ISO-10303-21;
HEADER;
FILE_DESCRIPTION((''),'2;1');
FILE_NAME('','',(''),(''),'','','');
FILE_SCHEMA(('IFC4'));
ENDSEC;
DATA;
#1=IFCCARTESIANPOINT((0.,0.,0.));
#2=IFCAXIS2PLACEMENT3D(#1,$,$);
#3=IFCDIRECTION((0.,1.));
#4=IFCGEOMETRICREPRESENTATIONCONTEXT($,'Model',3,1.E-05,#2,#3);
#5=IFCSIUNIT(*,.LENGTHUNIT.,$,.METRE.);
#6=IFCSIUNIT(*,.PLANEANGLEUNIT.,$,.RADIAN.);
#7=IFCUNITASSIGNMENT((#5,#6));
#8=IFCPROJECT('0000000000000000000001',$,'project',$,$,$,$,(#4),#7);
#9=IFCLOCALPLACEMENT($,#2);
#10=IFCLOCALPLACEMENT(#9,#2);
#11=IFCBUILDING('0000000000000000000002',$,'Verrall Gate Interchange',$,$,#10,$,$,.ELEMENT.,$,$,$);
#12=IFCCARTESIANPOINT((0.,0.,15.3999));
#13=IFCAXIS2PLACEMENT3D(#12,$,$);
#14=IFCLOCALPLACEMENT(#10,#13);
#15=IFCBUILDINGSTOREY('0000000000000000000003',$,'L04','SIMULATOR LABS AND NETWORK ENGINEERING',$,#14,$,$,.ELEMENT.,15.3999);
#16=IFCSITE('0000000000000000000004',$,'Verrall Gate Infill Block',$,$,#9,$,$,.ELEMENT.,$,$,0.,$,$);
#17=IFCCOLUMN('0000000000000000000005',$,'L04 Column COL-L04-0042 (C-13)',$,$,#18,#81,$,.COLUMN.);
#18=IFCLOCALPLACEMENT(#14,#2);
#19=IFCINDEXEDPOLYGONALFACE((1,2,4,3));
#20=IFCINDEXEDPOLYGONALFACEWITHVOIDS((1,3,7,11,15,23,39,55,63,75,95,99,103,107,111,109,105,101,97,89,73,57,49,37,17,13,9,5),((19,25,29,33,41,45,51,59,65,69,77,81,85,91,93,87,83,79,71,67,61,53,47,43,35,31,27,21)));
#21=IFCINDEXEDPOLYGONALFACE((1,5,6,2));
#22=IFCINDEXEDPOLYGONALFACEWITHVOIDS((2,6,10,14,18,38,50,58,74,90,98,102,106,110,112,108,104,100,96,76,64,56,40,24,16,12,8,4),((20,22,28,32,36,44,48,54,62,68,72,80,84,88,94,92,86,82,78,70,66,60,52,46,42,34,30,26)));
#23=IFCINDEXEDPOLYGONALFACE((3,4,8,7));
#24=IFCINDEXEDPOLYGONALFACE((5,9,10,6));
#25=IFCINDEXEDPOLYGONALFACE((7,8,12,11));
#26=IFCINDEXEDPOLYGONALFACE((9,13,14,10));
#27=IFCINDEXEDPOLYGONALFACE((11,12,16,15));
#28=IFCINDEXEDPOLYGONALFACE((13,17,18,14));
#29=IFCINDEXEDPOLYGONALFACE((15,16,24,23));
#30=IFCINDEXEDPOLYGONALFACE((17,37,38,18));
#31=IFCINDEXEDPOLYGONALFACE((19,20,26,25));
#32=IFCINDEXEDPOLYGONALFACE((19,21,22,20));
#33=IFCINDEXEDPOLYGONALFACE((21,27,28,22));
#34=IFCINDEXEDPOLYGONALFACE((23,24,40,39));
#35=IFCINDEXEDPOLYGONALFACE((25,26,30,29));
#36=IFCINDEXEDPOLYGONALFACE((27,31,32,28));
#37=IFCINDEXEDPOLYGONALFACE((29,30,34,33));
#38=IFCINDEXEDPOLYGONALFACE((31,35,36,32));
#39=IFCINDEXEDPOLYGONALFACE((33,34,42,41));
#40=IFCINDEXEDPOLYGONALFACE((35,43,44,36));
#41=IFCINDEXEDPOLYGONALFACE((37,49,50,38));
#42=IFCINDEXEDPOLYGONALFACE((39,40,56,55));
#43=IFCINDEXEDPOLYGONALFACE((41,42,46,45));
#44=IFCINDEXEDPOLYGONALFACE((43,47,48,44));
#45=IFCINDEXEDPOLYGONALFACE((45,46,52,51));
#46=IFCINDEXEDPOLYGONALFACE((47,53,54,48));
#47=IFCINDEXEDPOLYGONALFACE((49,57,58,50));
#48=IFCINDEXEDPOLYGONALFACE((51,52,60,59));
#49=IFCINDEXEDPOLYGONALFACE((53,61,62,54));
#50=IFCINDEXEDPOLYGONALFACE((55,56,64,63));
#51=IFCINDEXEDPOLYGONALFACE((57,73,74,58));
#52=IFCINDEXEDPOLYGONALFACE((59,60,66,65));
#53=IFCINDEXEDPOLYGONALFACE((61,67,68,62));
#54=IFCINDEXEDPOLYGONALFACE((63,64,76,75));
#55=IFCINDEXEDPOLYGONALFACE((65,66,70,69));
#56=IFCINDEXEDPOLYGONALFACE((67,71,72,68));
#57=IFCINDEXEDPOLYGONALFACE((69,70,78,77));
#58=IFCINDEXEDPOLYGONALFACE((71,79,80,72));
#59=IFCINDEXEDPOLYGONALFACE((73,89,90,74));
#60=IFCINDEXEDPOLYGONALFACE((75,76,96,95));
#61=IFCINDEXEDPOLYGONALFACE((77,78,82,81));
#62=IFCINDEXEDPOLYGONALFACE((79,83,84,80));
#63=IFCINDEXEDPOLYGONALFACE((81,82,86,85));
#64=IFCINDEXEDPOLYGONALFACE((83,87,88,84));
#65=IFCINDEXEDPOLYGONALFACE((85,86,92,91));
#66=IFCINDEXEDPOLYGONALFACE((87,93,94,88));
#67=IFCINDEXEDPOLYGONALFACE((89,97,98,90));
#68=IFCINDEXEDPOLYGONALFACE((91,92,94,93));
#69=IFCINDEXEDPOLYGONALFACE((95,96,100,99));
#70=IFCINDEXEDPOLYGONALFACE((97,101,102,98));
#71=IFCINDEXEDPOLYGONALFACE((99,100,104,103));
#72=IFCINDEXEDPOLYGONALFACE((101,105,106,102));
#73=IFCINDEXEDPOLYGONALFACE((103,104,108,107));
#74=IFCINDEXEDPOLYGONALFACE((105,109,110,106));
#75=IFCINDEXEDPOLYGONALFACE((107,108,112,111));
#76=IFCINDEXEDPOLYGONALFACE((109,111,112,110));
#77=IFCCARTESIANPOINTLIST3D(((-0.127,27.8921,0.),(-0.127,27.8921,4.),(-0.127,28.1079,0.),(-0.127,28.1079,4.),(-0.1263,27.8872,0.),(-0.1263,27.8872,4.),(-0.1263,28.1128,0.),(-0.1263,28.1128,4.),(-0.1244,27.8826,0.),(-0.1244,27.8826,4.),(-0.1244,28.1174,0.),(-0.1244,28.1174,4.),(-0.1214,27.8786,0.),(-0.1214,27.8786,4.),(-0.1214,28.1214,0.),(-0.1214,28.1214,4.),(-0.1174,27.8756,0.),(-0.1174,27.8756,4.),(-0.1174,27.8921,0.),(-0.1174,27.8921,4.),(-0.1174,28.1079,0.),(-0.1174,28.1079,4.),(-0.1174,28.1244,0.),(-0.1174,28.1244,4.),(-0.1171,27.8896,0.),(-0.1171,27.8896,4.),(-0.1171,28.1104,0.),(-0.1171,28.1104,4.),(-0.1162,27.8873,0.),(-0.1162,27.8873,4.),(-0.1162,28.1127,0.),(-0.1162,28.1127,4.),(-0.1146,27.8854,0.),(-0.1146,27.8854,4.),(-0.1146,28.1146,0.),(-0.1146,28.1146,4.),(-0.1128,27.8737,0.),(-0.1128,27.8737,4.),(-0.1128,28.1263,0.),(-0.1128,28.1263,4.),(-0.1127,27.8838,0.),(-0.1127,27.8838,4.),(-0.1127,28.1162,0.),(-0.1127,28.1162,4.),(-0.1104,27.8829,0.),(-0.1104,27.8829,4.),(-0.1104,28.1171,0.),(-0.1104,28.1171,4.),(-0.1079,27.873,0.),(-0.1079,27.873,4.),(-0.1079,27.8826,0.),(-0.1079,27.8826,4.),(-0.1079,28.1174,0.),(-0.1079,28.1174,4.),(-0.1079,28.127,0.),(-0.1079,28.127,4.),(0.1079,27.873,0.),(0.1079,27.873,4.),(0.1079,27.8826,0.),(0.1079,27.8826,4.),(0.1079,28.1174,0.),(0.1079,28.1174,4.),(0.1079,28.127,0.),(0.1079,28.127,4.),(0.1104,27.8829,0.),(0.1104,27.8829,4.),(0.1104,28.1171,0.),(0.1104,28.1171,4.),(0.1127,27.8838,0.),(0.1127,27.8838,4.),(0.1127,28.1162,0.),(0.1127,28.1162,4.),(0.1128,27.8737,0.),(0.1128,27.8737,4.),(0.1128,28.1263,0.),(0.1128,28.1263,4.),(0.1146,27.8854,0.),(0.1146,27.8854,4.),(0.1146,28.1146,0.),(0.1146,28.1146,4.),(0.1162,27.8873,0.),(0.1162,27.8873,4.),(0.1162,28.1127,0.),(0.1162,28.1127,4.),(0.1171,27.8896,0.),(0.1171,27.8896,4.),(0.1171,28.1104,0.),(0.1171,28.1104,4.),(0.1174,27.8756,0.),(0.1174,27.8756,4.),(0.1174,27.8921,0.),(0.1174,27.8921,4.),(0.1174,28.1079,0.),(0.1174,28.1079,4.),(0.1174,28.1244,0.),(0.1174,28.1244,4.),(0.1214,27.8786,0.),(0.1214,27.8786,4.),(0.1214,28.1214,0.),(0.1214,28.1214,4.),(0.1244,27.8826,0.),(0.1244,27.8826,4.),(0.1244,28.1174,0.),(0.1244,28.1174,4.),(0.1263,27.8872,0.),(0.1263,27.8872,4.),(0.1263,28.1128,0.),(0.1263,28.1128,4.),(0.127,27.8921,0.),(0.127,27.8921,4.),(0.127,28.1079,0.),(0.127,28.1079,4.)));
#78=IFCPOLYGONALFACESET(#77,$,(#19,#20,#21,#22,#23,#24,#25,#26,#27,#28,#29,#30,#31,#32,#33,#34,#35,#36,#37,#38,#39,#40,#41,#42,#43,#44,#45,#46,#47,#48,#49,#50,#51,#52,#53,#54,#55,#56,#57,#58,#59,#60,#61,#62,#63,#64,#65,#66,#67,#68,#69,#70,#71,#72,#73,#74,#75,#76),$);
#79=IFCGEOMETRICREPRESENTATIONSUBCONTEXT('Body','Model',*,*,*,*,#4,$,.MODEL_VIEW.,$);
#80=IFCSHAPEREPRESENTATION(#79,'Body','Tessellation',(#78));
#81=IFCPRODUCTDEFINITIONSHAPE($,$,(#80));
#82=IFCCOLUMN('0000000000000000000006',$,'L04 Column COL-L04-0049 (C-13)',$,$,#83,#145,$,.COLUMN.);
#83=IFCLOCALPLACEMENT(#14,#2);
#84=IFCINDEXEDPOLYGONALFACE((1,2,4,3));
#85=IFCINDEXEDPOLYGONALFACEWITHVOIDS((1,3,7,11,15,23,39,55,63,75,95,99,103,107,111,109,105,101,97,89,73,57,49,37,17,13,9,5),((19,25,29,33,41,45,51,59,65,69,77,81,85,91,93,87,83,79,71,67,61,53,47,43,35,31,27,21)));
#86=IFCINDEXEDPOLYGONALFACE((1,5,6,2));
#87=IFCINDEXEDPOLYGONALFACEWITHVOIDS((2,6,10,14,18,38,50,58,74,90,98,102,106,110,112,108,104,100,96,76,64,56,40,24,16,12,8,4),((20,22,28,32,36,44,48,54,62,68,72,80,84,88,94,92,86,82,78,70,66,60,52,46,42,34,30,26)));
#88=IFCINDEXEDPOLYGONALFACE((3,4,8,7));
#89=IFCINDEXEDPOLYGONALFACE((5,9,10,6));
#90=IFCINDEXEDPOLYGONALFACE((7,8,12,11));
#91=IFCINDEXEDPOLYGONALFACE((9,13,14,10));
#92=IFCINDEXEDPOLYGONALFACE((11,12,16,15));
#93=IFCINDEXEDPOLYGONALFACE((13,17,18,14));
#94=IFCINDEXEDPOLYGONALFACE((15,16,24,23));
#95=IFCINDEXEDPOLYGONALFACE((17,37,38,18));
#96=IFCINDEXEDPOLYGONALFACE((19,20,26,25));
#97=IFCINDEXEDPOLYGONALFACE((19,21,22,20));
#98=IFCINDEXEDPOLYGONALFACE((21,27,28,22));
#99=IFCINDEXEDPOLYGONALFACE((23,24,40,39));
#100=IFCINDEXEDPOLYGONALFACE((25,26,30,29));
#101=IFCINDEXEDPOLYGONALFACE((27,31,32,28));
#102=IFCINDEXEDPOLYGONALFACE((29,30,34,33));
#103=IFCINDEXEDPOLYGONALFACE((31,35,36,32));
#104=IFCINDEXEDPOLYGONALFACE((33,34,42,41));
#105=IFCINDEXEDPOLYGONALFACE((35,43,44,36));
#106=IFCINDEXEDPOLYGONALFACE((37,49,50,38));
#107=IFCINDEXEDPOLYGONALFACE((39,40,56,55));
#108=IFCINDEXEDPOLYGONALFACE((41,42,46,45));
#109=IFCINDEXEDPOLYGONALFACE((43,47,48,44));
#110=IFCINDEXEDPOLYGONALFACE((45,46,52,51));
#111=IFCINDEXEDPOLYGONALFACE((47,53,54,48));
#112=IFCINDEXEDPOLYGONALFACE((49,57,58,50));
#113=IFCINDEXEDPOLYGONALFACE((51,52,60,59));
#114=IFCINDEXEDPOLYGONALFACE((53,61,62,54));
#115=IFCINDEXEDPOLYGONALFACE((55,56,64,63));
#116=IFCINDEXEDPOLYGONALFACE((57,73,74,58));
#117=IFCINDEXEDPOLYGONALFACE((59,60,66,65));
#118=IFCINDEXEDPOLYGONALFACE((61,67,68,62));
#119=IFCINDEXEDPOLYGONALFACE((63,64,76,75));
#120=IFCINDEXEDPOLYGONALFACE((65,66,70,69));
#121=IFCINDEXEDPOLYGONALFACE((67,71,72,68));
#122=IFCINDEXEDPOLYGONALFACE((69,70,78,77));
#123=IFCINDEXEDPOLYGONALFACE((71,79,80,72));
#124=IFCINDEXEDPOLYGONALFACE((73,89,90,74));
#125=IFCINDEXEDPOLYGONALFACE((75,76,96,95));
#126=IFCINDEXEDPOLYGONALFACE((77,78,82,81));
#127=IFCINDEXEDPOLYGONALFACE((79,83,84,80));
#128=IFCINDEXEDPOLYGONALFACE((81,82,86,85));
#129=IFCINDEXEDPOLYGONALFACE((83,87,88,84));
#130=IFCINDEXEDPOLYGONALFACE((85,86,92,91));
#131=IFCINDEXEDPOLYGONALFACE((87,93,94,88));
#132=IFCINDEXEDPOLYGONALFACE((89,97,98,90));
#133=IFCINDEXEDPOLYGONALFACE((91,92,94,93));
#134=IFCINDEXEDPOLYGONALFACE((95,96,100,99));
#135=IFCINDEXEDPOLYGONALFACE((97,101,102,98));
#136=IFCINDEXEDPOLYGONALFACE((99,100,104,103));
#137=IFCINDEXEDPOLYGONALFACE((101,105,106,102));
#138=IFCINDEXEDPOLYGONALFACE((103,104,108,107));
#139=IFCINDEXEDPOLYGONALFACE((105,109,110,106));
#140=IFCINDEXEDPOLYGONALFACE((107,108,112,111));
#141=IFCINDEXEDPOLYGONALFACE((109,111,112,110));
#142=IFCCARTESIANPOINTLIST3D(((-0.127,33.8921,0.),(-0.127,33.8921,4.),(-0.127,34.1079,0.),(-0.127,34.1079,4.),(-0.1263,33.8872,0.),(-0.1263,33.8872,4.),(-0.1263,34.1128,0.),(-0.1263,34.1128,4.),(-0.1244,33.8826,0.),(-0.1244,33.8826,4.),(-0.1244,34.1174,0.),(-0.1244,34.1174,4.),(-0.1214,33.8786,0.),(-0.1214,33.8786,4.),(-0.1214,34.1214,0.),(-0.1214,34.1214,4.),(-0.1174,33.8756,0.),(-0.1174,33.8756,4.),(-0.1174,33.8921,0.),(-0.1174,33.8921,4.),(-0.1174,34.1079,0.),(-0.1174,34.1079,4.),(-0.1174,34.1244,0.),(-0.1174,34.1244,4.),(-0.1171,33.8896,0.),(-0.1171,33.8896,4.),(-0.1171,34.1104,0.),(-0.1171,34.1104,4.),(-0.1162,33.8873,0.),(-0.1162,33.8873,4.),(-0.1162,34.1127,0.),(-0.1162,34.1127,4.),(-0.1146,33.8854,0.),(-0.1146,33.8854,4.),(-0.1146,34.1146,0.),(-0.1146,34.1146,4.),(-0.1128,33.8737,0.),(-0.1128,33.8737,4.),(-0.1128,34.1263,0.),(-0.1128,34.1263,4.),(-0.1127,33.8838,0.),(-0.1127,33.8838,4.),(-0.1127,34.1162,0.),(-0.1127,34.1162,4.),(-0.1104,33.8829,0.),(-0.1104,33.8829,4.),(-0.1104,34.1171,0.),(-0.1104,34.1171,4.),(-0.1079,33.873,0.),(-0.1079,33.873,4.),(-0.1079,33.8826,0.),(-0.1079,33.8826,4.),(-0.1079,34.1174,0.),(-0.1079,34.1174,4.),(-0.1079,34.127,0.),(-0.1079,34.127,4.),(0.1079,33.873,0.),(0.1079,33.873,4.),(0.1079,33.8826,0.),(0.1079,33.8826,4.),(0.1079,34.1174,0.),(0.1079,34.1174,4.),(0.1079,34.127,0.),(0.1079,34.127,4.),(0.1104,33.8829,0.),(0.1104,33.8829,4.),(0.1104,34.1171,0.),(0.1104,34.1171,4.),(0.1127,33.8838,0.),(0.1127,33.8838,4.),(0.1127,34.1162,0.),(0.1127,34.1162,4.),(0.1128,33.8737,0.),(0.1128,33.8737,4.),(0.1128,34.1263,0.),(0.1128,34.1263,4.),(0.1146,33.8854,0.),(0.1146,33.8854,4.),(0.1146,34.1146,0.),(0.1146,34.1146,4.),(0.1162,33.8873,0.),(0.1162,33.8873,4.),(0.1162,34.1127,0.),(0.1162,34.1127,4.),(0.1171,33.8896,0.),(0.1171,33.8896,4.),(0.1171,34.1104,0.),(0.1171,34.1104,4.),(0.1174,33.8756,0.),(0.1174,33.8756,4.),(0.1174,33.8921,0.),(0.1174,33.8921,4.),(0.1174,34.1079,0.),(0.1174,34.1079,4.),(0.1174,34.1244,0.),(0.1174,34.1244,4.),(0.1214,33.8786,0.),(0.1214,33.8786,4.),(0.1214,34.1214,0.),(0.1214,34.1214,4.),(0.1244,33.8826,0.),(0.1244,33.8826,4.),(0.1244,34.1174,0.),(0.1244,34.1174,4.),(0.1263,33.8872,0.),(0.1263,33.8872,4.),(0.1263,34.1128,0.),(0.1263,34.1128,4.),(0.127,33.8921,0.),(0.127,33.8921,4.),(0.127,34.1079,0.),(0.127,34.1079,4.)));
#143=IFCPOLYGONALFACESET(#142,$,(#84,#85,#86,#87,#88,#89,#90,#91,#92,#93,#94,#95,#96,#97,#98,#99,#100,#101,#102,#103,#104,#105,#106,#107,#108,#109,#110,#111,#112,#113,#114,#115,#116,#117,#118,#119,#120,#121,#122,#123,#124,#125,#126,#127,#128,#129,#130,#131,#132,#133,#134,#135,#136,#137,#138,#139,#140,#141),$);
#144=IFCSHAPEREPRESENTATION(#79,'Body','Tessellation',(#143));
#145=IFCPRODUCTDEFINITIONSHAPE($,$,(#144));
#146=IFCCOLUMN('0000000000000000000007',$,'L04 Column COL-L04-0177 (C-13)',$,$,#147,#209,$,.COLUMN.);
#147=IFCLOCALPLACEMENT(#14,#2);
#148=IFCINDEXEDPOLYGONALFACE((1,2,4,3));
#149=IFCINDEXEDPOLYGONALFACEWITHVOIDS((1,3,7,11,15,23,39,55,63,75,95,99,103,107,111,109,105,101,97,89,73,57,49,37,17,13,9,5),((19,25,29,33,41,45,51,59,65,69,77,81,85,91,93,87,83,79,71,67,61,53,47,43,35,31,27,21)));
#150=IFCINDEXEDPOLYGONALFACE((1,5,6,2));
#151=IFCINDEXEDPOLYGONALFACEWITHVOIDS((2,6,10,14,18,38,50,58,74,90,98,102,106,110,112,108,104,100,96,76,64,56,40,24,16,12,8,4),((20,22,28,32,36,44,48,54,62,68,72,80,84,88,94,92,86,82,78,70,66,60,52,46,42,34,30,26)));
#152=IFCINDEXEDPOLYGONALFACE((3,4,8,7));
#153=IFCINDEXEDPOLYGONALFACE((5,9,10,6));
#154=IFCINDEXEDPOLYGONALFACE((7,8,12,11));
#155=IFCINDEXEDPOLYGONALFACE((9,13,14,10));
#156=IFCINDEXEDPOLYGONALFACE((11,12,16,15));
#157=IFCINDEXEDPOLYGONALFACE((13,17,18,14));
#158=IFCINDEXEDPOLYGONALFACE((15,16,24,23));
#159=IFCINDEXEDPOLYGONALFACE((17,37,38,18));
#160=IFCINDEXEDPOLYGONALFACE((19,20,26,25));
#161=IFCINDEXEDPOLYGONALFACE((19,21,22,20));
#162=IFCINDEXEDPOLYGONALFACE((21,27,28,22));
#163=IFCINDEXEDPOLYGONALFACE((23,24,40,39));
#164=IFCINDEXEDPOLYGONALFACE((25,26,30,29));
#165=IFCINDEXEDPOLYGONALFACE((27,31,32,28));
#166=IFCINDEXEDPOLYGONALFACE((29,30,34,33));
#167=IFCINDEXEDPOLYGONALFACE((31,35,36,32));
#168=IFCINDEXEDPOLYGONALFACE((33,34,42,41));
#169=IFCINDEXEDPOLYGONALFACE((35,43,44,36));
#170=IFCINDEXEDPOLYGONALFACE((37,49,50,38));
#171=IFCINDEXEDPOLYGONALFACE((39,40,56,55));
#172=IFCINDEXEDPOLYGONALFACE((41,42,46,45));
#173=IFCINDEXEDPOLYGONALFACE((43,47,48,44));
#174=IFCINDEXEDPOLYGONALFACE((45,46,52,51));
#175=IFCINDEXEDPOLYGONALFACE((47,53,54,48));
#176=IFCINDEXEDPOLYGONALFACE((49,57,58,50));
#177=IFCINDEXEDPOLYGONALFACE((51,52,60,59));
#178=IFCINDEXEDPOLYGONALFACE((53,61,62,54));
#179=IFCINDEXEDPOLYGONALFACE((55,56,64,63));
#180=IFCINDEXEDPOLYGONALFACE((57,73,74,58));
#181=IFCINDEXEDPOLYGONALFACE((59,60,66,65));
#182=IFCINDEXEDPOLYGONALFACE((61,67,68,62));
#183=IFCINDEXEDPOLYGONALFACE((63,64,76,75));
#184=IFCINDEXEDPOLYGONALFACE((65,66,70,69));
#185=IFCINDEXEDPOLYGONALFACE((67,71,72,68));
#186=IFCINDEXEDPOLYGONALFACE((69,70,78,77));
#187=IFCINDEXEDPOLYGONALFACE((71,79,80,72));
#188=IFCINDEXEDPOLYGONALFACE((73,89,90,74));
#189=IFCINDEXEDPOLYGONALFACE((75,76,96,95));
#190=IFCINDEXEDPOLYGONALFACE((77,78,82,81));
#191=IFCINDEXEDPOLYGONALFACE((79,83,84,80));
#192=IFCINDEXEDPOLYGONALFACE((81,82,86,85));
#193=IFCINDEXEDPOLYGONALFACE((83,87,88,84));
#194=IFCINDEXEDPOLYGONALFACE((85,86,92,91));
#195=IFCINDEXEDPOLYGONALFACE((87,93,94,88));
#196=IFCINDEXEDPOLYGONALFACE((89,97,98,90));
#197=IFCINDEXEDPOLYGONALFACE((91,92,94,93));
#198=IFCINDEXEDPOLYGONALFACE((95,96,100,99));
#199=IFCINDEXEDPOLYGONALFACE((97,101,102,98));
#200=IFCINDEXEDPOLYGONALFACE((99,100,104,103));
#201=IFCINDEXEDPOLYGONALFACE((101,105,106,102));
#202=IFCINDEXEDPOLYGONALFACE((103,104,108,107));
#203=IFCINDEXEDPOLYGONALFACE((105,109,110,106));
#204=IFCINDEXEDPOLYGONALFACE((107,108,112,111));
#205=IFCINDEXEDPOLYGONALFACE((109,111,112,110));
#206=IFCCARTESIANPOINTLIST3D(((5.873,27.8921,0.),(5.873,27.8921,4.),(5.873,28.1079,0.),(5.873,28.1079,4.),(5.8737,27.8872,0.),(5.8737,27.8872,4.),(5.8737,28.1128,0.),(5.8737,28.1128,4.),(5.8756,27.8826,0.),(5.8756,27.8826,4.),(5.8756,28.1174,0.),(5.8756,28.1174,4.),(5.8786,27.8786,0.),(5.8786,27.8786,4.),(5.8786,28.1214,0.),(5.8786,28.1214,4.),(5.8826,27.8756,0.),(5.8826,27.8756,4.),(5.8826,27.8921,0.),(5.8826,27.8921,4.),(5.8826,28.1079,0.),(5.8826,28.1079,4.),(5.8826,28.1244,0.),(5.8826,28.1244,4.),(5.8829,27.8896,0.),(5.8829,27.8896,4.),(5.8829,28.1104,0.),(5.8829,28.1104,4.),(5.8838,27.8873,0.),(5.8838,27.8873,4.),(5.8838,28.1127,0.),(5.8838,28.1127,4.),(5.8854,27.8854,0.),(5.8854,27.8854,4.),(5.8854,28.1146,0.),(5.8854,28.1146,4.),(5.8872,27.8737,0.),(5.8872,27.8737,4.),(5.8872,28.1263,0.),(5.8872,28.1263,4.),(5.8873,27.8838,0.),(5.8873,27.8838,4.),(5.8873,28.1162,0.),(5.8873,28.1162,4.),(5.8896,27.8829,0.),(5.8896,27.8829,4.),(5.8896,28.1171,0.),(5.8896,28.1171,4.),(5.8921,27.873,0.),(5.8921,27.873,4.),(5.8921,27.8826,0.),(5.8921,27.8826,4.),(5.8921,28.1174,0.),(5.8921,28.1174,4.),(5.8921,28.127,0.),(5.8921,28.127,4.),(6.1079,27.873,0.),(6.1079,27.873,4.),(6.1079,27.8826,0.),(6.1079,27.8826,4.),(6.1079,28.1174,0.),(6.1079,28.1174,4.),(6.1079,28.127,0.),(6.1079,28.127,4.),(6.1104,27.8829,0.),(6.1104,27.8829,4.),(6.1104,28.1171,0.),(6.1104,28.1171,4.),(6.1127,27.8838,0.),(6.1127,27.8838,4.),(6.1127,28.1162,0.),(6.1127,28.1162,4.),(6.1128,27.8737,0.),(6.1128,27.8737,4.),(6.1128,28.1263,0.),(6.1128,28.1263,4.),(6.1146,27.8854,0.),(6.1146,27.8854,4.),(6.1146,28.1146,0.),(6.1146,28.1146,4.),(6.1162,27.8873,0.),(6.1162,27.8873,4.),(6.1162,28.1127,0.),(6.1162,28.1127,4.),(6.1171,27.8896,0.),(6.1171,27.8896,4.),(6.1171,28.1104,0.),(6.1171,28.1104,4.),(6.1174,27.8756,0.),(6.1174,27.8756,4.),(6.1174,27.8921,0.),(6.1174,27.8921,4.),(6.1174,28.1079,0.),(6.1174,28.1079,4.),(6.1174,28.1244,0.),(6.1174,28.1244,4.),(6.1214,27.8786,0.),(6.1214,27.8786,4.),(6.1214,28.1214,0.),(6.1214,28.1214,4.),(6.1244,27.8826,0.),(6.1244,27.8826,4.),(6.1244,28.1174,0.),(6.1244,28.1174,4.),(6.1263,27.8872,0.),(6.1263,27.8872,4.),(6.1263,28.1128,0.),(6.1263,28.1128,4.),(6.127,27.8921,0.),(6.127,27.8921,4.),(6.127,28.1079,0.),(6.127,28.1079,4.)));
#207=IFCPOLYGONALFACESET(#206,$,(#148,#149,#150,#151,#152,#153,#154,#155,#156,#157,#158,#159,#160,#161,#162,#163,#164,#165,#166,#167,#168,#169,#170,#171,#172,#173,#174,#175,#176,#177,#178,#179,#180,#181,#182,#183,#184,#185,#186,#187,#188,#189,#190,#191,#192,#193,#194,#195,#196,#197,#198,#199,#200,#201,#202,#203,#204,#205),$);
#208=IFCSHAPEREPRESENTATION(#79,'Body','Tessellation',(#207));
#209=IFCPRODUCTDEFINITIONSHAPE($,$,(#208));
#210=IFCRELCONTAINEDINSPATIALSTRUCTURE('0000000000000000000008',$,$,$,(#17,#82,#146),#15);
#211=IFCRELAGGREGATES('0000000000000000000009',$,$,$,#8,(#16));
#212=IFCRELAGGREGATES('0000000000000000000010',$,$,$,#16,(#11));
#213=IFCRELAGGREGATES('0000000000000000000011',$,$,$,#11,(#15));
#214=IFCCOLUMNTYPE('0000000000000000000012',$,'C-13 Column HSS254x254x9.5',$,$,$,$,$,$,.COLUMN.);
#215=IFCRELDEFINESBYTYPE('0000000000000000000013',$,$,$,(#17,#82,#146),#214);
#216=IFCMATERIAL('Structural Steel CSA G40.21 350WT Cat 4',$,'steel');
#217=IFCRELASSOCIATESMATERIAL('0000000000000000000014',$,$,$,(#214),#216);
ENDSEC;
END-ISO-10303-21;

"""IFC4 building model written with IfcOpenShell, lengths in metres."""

from ifc_helpers import new_model, si_unit, direction, frame, origin, origin_2d, place, context, subcontext, project, spatial, hollow_rectangle, extrude, material, material_profile, profile_set, type_object, element, save


model = new_model("IFC4")

# Units and contexts
model_context = context("Model", 3, precision=1e-05, world=origin(), true_north=direction((0.0, 1.0)))
body_context = subcontext(model_context, "Body", "Model", "MODEL_VIEW")
ifc_project = project(units=[si_unit("LENGTHUNIT", "METRE"), si_unit("PLANEANGLEUNIT", "RADIAN")], contexts=[model_context])

# Site, building, storey
site_placement = place(None, origin())
site = spatial("IfcSite", under=ifc_project, at=site_placement, Name="Verrall Gate Infill Block", CompositionType="ELEMENT", RefElevation=0.0)
building_placement = place(site_placement, origin())
building = spatial("IfcBuilding", under=site, at=building_placement, Name="Verrall Gate Interchange", CompositionType="ELEMENT")
storey_placement = place(building_placement, frame((0.0, 0.0, 15.3999)))
storey = spatial("IfcBuildingStorey", under=building, at=storey_placement, Name="L04", Description="SIMULATOR LABS AND NETWORK ENGINEERING", CompositionType="ELEMENT", Elevation=15.3999)

# Columns
ifc_material_1 = material(Name="Structural Steel CSA G40.21 350WT Cat 4", Category="steel")
ifc_material_profile_1 = material_profile(ifc_material_1, hollow_rectangle(XDim=0.2539, YDim=0.2539, WallThickness=0.0095, InnerFilletRadius=0.0095, OuterFilletRadius=0.019, at=origin_2d()), Name="HSS254x254x9.5")
ifc_profile_set_1 = profile_set([ifc_material_profile_1], Name="Structural Steel CSA G40.21 350WT Cat 4")
column_type = type_object("IfcColumnType", Name="C-13 Column HSS254x254x9.5", PredefinedType="COLUMN", material=ifc_profile_set_1)
for number, where, z_axis, x_axis, name in (
    (1, (0.0, 28.0, 0.0), (0.0, 0.0, 1.0), (1.0, 0.0, 0.0), "L04 Column COL-L04-0042 (C-13)"),
    (2, (0.0, 34.0, 0.0), (0.0, 0.0, 1.0), (1.0, 0.0, 0.0), "L04 Column COL-L04-0049 (C-13)"),
    (3, (6.0, 28.0, 0.0), (0.0, 0.0, 1.0), (1.0, 0.0, 0.0), "L04 Column COL-L04-0177 (C-13)"),
):
    element("IfcColumn", number, at=place(storey_placement, frame(where, z_axis=z_axis, x_axis=x_axis)), inside=storey, type_object=column_type, Name=name, PredefinedType="COLUMN", context=body_context, shape_type="SweptSolid", body=[
        extrude(hollow_rectangle(XDim=0.2539, YDim=0.2539, WallThickness=0.0095, InnerFilletRadius=0.0095, OuterFilletRadius=0.019, at=origin_2d()), origin(), (0.0, 0.0, 1.0), 4.0),
    ])

save(model, "model.ifc")
